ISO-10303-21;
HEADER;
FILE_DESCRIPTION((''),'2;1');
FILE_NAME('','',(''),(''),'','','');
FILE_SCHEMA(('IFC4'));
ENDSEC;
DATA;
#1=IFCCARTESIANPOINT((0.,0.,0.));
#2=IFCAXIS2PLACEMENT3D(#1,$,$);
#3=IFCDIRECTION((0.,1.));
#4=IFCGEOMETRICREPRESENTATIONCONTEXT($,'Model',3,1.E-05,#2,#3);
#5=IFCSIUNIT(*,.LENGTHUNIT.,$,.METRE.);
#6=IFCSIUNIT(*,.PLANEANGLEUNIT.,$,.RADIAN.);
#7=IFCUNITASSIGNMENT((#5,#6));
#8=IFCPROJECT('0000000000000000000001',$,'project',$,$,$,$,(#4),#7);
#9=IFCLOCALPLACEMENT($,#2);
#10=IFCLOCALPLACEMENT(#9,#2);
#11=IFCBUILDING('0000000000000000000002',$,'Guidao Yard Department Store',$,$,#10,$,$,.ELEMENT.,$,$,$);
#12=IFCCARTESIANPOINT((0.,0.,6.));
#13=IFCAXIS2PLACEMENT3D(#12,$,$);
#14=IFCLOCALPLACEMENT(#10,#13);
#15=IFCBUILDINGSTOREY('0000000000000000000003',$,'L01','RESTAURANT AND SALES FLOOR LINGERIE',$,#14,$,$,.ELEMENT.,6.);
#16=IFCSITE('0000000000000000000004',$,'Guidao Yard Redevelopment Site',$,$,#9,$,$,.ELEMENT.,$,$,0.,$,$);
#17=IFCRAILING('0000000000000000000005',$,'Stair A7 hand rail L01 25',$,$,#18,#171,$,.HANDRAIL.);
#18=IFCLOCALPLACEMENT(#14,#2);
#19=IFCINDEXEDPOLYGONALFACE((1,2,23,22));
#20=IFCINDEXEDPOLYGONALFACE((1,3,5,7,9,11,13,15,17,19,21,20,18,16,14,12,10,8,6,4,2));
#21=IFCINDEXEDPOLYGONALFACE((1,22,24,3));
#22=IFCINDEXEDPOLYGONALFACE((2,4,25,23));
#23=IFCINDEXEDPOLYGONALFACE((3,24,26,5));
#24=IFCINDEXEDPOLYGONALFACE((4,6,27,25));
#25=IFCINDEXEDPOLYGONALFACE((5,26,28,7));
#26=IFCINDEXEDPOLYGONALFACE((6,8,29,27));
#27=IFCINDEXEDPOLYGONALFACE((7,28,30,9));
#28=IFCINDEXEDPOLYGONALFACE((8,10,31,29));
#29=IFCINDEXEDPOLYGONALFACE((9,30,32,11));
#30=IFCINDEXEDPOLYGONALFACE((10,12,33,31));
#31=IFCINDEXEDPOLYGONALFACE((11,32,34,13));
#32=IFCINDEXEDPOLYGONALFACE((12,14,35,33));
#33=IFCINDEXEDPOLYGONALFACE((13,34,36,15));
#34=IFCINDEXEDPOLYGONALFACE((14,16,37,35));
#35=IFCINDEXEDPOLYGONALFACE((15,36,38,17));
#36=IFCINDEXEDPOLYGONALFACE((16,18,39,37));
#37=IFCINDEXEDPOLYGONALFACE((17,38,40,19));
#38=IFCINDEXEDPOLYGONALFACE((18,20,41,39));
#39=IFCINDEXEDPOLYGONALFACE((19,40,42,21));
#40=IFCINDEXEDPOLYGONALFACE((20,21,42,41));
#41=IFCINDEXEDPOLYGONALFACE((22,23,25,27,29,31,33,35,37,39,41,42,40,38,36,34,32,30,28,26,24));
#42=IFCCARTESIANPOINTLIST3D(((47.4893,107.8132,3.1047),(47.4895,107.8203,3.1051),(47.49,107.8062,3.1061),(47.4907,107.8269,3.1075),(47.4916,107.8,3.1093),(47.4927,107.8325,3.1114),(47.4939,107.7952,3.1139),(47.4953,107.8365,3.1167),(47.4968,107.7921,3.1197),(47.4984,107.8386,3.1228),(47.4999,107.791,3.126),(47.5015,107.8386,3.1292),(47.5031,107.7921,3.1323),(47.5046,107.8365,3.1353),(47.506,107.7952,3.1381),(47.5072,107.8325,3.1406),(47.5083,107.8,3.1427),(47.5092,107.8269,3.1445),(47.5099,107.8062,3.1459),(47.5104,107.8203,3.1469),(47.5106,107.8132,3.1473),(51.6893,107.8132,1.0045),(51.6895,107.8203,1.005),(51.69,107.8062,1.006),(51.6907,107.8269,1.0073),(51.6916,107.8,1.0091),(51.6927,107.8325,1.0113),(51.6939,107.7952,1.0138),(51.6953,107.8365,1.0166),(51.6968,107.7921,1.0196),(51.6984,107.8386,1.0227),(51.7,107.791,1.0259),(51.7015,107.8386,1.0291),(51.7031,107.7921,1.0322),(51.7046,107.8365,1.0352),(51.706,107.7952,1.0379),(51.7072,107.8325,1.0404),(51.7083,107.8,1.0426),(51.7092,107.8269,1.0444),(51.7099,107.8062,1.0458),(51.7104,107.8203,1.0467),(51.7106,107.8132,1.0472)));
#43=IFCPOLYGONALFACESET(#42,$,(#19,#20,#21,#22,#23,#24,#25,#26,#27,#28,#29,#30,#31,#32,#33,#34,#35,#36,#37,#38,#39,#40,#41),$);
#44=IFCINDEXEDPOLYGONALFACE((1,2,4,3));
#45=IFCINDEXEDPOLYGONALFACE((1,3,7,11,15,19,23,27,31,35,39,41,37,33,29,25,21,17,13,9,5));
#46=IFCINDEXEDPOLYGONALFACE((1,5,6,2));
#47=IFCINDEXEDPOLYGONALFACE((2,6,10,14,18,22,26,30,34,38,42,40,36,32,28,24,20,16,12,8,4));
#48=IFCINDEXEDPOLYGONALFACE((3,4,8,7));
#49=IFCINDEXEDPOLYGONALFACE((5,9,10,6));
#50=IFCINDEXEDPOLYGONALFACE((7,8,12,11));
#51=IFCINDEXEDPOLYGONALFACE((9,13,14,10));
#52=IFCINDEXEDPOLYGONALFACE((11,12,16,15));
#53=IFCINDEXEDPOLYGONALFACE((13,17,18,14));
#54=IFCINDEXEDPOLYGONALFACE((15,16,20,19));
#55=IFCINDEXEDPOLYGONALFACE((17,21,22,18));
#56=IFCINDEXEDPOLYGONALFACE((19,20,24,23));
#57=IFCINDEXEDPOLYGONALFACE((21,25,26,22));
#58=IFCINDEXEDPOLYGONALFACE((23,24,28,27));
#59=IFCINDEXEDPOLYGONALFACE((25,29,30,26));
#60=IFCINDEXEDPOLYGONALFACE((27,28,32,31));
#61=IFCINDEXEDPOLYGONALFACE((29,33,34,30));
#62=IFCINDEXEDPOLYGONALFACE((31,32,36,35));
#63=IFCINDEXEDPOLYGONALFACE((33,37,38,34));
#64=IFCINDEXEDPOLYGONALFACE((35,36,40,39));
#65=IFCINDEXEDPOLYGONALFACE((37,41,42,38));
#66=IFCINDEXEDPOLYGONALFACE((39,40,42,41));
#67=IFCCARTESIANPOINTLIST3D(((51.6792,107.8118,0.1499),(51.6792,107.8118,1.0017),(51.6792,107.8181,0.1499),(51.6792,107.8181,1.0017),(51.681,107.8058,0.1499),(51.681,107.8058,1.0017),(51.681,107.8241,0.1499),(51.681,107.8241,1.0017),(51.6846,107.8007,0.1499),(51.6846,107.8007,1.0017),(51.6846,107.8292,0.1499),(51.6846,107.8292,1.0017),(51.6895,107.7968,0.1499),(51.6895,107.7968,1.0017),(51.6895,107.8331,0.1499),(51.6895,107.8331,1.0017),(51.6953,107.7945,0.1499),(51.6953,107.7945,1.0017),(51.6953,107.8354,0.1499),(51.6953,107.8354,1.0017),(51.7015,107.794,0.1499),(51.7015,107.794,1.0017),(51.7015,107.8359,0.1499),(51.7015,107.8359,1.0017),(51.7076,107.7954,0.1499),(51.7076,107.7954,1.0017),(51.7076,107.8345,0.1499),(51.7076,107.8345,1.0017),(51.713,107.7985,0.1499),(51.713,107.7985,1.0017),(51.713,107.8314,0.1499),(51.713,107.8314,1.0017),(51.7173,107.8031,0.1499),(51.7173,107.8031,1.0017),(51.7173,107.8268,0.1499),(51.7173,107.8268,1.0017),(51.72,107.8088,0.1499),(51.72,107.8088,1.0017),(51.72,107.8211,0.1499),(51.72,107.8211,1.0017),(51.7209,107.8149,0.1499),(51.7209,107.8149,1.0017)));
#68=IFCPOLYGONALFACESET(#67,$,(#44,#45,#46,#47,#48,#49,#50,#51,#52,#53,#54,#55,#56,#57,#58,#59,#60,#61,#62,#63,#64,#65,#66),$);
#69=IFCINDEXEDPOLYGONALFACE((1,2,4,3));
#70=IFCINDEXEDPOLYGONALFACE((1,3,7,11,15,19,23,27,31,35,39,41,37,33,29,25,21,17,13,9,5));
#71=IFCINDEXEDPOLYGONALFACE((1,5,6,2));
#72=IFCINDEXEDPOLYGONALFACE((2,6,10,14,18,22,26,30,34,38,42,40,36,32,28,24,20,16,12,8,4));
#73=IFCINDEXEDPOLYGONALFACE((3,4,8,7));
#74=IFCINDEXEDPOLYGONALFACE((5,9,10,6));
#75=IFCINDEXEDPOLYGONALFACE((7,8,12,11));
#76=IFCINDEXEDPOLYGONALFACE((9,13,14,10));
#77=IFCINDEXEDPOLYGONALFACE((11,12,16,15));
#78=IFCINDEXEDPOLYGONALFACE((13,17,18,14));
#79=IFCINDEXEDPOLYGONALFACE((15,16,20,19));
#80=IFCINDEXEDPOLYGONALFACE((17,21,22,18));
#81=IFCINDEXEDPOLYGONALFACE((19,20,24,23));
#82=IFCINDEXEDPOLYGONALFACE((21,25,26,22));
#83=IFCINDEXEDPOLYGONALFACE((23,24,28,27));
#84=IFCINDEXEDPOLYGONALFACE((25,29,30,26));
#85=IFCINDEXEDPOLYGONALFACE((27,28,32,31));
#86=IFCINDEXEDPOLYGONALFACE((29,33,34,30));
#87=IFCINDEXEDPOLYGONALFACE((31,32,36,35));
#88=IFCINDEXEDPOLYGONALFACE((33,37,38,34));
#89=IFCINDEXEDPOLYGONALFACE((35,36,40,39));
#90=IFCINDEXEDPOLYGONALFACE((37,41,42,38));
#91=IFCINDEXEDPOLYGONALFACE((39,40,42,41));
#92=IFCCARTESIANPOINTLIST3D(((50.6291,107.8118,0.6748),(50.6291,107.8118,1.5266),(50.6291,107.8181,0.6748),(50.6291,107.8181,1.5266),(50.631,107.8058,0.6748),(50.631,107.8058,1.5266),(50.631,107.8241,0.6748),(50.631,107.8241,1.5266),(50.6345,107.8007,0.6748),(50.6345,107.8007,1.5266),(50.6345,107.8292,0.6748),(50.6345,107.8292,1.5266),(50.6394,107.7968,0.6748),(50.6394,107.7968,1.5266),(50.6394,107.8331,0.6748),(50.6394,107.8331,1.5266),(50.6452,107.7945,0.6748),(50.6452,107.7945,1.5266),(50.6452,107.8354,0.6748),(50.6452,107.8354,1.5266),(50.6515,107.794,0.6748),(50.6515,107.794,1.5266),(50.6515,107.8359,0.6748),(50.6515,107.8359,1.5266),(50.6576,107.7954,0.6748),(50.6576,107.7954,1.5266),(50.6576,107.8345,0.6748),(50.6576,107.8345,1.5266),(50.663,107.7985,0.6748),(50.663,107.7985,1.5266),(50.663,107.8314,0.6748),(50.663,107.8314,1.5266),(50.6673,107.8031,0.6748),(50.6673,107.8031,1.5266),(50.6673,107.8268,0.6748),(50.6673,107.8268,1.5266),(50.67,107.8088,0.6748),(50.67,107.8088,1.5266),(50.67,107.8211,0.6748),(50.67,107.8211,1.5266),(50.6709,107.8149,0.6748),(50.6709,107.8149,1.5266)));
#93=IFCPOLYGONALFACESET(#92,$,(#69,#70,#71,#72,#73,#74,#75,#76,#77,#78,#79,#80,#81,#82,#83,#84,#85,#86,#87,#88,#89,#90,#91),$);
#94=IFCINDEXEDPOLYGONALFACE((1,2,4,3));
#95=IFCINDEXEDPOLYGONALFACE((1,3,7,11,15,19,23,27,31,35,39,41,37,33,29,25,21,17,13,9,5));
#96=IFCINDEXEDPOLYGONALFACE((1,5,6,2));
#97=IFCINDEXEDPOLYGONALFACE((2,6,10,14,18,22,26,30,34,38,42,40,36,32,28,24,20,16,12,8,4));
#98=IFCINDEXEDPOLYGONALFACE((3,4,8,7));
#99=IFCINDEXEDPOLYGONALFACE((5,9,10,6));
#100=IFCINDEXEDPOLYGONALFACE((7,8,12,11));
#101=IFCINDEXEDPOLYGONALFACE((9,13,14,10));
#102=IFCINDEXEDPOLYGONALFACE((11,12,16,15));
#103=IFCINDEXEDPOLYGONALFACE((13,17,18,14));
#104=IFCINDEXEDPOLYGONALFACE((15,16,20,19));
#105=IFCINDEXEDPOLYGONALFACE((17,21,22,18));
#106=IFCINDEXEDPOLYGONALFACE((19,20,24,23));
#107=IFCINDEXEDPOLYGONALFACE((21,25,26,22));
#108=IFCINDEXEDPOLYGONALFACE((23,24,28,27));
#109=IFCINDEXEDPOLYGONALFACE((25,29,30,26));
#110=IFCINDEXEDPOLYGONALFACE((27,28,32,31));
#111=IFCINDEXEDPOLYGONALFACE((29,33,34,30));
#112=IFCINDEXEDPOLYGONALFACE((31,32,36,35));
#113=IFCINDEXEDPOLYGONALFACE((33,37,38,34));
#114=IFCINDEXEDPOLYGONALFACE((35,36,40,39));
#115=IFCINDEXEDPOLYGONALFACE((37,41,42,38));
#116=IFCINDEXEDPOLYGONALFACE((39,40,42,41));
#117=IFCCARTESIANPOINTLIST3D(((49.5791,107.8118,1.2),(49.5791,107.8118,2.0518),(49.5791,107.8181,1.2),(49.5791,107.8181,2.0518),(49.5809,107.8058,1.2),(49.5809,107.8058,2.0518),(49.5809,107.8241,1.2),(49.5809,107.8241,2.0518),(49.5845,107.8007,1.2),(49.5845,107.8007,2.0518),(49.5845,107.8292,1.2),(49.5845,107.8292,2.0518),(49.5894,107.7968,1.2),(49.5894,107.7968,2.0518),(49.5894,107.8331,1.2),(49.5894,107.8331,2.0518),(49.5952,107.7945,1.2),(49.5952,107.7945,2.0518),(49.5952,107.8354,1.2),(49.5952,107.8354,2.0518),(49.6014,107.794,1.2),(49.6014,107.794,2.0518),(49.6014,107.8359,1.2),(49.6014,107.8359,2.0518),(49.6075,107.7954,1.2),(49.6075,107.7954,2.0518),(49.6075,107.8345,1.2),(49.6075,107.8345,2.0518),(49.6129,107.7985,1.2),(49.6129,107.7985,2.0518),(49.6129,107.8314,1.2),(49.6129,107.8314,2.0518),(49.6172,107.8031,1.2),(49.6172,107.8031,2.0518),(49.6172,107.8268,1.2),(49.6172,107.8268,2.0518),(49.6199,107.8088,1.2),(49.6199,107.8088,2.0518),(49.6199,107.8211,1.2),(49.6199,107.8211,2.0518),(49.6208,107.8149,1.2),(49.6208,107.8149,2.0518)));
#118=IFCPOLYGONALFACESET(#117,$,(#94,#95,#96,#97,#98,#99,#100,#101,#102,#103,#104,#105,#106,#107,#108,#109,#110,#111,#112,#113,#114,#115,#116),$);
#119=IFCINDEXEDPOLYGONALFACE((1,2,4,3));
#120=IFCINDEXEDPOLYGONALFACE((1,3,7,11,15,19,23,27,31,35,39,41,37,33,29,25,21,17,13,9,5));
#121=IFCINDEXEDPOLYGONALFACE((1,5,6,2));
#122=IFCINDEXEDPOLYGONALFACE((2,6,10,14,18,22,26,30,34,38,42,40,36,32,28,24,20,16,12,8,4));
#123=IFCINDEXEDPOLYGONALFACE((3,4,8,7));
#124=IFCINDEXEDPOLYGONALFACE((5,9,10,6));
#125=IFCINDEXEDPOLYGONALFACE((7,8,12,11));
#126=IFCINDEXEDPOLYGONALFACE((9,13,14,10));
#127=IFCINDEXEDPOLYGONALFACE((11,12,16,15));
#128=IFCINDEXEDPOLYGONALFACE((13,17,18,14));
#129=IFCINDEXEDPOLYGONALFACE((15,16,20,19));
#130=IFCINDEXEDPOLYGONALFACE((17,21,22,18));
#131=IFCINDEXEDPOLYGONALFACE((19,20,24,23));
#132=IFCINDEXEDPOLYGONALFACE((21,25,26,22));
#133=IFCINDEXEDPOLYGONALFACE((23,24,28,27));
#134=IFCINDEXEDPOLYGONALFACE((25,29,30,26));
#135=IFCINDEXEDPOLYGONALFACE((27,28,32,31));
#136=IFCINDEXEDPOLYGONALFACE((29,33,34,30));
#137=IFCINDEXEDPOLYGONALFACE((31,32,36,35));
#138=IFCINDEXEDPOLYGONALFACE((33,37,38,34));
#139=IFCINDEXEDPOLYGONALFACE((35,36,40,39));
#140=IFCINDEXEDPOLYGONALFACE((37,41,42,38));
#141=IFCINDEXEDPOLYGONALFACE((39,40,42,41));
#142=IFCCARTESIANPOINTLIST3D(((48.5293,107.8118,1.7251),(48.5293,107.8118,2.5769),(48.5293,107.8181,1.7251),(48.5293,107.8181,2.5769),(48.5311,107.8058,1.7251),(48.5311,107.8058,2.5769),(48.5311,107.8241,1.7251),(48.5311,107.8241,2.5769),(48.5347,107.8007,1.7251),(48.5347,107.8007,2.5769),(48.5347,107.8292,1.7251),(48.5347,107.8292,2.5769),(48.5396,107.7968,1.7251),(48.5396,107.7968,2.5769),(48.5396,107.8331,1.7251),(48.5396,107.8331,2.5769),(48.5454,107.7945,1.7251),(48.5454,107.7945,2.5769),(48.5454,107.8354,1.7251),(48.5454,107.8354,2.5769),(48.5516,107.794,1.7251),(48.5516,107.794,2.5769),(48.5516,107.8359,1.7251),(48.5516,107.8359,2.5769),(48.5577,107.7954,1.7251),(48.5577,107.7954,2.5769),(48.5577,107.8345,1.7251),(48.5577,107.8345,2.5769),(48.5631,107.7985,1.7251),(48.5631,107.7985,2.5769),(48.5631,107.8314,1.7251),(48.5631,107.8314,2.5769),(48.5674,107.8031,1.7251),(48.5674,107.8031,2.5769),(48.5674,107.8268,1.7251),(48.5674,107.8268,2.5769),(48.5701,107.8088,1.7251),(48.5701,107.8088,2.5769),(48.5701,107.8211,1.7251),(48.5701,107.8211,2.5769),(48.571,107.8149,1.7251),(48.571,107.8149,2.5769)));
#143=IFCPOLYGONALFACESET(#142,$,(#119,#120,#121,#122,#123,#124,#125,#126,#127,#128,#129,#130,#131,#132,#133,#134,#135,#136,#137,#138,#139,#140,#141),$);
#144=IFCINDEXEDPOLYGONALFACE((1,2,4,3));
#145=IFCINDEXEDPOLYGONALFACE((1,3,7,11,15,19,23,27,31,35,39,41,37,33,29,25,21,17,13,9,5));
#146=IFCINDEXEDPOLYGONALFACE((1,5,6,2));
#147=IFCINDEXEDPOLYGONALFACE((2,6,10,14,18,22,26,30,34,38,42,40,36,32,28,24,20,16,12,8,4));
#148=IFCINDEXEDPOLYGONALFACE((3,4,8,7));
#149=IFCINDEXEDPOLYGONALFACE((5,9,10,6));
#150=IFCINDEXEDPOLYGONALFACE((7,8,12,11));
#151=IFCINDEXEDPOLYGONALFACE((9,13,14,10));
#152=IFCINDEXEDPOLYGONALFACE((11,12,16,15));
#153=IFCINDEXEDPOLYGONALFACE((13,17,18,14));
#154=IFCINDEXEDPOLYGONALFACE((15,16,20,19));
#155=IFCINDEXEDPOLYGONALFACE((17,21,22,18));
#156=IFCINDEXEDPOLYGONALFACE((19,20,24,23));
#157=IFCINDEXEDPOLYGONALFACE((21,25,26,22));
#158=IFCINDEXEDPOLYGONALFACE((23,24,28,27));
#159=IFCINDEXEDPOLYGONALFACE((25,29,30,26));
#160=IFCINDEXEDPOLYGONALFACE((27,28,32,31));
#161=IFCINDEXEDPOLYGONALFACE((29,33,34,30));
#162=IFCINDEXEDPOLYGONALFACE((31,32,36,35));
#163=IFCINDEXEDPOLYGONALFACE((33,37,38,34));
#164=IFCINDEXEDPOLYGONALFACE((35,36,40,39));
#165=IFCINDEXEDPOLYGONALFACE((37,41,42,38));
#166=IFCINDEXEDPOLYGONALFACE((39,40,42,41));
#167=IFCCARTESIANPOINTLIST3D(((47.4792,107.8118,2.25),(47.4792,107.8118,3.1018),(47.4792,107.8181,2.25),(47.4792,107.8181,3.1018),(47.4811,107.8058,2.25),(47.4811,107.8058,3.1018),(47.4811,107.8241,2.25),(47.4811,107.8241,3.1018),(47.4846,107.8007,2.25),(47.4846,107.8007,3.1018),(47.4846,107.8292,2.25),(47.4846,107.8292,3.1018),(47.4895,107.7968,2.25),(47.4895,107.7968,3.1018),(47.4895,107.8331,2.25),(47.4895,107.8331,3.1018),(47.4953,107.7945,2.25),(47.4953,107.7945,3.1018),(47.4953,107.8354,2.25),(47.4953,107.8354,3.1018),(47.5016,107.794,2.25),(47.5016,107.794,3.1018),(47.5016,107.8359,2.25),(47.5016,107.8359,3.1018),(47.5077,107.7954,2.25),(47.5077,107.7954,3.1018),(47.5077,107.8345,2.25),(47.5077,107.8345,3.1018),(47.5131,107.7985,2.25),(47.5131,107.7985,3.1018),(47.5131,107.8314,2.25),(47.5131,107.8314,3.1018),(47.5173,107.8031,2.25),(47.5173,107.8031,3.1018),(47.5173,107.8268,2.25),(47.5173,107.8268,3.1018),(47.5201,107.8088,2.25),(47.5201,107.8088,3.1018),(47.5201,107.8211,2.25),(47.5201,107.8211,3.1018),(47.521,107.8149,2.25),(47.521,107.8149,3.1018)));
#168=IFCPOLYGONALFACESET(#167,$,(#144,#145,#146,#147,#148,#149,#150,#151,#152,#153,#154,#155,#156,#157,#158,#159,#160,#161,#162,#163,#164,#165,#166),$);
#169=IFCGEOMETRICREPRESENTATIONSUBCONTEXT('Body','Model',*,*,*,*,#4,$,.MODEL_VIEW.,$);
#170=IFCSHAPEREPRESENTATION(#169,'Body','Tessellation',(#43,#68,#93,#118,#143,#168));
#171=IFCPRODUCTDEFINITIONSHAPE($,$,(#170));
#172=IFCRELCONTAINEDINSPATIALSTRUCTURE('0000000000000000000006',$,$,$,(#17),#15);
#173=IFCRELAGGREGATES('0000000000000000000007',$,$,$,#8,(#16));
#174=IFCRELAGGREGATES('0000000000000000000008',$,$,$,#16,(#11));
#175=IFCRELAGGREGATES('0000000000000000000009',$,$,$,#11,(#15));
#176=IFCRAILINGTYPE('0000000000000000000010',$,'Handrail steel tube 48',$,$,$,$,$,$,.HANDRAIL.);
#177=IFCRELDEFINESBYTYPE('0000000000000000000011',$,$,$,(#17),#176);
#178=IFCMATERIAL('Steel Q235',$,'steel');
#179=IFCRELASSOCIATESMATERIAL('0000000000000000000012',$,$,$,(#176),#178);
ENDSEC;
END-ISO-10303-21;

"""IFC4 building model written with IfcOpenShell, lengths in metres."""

from ifc_helpers import new_model, si_unit, direction, frame, origin, origin_2d, place, context, subcontext, project, spatial, circle, extrude, material, type_object, element, save


model = new_model("IFC4")

# Units and contexts
model_context = context("Model", 3, precision=1e-05, world=origin(), true_north=direction((0.0, 1.0)))
body_context = subcontext(model_context, "Body", "Model", "MODEL_VIEW")
ifc_project = project(units=[si_unit("LENGTHUNIT", "METRE"), si_unit("PLANEANGLEUNIT", "RADIAN")], contexts=[model_context])

# Site, building, storey
site_placement = place(None, origin())
site = spatial("IfcSite", under=ifc_project, at=site_placement, Name="Guidao Yard Redevelopment Site", CompositionType="ELEMENT", RefElevation=0.0)
building_placement = place(site_placement, origin())
building = spatial("IfcBuilding", under=site, at=building_placement, Name="Guidao Yard Department Store", CompositionType="ELEMENT")
storey_placement = place(building_placement, frame((0.0, 0.0, 6.0)))
storey = spatial("IfcBuildingStorey", under=building, at=storey_placement, Name="L01", Description="RESTAURANT AND SALES FLOOR LINGERIE", CompositionType="ELEMENT", Elevation=6.0)

# Railing
ifc_material_1 = material(Name="Steel Q235", Category="steel")
railing_type_1 = type_object("IfcRailingType", Name="Handrail steel tube 48", PredefinedType="HANDRAIL", material=ifc_material_1)
for number, where, name in (
    (1, (51.7, 107.8149, 0.1499), "Stair A7 hand rail L01 25"),
):
    element("IfcRailing", number, at=place(storey_placement, frame(where)), inside=storey, type_object=railing_type_1, Name=name, PredefinedType="HANDRAIL", context=body_context, shape_type="SweptSolid", body=[
        extrude(circle(Radius=0.0239, at=origin_2d()), frame((0.0, 0.0, 0.876), z_axis=(-0.894417, 0.0, 0.447234), x_axis=(0.0, -1.0, 0.0)), (0.0, 0.0, 1.0), 4.6958),
        extrude(circle(Radius=0.021, at=origin_2d()), origin(), (0.0, 0.0, 1.0), 0.8518),
        extrude(circle(Radius=0.021, at=origin_2d()), frame((-1.05, 0.0, 0.5249)), (0.0, 0.0, 1.0), 0.8518),
        extrude(circle(Radius=0.021, at=origin_2d()), frame((-2.1001, 0.0, 1.05)), (0.0, 0.0, 1.0), 0.8518),
        extrude(circle(Radius=0.021, at=origin_2d()), frame((-3.1499, 0.0, 1.5752)), (0.0, 0.0, 1.0), 0.8518),
        extrude(circle(Radius=0.021, at=origin_2d()), frame((-4.2, 0.0, 2.1001)), (0.0, 0.0, 1.0), 0.8518),
    ])

save(model, "model.ifc")
